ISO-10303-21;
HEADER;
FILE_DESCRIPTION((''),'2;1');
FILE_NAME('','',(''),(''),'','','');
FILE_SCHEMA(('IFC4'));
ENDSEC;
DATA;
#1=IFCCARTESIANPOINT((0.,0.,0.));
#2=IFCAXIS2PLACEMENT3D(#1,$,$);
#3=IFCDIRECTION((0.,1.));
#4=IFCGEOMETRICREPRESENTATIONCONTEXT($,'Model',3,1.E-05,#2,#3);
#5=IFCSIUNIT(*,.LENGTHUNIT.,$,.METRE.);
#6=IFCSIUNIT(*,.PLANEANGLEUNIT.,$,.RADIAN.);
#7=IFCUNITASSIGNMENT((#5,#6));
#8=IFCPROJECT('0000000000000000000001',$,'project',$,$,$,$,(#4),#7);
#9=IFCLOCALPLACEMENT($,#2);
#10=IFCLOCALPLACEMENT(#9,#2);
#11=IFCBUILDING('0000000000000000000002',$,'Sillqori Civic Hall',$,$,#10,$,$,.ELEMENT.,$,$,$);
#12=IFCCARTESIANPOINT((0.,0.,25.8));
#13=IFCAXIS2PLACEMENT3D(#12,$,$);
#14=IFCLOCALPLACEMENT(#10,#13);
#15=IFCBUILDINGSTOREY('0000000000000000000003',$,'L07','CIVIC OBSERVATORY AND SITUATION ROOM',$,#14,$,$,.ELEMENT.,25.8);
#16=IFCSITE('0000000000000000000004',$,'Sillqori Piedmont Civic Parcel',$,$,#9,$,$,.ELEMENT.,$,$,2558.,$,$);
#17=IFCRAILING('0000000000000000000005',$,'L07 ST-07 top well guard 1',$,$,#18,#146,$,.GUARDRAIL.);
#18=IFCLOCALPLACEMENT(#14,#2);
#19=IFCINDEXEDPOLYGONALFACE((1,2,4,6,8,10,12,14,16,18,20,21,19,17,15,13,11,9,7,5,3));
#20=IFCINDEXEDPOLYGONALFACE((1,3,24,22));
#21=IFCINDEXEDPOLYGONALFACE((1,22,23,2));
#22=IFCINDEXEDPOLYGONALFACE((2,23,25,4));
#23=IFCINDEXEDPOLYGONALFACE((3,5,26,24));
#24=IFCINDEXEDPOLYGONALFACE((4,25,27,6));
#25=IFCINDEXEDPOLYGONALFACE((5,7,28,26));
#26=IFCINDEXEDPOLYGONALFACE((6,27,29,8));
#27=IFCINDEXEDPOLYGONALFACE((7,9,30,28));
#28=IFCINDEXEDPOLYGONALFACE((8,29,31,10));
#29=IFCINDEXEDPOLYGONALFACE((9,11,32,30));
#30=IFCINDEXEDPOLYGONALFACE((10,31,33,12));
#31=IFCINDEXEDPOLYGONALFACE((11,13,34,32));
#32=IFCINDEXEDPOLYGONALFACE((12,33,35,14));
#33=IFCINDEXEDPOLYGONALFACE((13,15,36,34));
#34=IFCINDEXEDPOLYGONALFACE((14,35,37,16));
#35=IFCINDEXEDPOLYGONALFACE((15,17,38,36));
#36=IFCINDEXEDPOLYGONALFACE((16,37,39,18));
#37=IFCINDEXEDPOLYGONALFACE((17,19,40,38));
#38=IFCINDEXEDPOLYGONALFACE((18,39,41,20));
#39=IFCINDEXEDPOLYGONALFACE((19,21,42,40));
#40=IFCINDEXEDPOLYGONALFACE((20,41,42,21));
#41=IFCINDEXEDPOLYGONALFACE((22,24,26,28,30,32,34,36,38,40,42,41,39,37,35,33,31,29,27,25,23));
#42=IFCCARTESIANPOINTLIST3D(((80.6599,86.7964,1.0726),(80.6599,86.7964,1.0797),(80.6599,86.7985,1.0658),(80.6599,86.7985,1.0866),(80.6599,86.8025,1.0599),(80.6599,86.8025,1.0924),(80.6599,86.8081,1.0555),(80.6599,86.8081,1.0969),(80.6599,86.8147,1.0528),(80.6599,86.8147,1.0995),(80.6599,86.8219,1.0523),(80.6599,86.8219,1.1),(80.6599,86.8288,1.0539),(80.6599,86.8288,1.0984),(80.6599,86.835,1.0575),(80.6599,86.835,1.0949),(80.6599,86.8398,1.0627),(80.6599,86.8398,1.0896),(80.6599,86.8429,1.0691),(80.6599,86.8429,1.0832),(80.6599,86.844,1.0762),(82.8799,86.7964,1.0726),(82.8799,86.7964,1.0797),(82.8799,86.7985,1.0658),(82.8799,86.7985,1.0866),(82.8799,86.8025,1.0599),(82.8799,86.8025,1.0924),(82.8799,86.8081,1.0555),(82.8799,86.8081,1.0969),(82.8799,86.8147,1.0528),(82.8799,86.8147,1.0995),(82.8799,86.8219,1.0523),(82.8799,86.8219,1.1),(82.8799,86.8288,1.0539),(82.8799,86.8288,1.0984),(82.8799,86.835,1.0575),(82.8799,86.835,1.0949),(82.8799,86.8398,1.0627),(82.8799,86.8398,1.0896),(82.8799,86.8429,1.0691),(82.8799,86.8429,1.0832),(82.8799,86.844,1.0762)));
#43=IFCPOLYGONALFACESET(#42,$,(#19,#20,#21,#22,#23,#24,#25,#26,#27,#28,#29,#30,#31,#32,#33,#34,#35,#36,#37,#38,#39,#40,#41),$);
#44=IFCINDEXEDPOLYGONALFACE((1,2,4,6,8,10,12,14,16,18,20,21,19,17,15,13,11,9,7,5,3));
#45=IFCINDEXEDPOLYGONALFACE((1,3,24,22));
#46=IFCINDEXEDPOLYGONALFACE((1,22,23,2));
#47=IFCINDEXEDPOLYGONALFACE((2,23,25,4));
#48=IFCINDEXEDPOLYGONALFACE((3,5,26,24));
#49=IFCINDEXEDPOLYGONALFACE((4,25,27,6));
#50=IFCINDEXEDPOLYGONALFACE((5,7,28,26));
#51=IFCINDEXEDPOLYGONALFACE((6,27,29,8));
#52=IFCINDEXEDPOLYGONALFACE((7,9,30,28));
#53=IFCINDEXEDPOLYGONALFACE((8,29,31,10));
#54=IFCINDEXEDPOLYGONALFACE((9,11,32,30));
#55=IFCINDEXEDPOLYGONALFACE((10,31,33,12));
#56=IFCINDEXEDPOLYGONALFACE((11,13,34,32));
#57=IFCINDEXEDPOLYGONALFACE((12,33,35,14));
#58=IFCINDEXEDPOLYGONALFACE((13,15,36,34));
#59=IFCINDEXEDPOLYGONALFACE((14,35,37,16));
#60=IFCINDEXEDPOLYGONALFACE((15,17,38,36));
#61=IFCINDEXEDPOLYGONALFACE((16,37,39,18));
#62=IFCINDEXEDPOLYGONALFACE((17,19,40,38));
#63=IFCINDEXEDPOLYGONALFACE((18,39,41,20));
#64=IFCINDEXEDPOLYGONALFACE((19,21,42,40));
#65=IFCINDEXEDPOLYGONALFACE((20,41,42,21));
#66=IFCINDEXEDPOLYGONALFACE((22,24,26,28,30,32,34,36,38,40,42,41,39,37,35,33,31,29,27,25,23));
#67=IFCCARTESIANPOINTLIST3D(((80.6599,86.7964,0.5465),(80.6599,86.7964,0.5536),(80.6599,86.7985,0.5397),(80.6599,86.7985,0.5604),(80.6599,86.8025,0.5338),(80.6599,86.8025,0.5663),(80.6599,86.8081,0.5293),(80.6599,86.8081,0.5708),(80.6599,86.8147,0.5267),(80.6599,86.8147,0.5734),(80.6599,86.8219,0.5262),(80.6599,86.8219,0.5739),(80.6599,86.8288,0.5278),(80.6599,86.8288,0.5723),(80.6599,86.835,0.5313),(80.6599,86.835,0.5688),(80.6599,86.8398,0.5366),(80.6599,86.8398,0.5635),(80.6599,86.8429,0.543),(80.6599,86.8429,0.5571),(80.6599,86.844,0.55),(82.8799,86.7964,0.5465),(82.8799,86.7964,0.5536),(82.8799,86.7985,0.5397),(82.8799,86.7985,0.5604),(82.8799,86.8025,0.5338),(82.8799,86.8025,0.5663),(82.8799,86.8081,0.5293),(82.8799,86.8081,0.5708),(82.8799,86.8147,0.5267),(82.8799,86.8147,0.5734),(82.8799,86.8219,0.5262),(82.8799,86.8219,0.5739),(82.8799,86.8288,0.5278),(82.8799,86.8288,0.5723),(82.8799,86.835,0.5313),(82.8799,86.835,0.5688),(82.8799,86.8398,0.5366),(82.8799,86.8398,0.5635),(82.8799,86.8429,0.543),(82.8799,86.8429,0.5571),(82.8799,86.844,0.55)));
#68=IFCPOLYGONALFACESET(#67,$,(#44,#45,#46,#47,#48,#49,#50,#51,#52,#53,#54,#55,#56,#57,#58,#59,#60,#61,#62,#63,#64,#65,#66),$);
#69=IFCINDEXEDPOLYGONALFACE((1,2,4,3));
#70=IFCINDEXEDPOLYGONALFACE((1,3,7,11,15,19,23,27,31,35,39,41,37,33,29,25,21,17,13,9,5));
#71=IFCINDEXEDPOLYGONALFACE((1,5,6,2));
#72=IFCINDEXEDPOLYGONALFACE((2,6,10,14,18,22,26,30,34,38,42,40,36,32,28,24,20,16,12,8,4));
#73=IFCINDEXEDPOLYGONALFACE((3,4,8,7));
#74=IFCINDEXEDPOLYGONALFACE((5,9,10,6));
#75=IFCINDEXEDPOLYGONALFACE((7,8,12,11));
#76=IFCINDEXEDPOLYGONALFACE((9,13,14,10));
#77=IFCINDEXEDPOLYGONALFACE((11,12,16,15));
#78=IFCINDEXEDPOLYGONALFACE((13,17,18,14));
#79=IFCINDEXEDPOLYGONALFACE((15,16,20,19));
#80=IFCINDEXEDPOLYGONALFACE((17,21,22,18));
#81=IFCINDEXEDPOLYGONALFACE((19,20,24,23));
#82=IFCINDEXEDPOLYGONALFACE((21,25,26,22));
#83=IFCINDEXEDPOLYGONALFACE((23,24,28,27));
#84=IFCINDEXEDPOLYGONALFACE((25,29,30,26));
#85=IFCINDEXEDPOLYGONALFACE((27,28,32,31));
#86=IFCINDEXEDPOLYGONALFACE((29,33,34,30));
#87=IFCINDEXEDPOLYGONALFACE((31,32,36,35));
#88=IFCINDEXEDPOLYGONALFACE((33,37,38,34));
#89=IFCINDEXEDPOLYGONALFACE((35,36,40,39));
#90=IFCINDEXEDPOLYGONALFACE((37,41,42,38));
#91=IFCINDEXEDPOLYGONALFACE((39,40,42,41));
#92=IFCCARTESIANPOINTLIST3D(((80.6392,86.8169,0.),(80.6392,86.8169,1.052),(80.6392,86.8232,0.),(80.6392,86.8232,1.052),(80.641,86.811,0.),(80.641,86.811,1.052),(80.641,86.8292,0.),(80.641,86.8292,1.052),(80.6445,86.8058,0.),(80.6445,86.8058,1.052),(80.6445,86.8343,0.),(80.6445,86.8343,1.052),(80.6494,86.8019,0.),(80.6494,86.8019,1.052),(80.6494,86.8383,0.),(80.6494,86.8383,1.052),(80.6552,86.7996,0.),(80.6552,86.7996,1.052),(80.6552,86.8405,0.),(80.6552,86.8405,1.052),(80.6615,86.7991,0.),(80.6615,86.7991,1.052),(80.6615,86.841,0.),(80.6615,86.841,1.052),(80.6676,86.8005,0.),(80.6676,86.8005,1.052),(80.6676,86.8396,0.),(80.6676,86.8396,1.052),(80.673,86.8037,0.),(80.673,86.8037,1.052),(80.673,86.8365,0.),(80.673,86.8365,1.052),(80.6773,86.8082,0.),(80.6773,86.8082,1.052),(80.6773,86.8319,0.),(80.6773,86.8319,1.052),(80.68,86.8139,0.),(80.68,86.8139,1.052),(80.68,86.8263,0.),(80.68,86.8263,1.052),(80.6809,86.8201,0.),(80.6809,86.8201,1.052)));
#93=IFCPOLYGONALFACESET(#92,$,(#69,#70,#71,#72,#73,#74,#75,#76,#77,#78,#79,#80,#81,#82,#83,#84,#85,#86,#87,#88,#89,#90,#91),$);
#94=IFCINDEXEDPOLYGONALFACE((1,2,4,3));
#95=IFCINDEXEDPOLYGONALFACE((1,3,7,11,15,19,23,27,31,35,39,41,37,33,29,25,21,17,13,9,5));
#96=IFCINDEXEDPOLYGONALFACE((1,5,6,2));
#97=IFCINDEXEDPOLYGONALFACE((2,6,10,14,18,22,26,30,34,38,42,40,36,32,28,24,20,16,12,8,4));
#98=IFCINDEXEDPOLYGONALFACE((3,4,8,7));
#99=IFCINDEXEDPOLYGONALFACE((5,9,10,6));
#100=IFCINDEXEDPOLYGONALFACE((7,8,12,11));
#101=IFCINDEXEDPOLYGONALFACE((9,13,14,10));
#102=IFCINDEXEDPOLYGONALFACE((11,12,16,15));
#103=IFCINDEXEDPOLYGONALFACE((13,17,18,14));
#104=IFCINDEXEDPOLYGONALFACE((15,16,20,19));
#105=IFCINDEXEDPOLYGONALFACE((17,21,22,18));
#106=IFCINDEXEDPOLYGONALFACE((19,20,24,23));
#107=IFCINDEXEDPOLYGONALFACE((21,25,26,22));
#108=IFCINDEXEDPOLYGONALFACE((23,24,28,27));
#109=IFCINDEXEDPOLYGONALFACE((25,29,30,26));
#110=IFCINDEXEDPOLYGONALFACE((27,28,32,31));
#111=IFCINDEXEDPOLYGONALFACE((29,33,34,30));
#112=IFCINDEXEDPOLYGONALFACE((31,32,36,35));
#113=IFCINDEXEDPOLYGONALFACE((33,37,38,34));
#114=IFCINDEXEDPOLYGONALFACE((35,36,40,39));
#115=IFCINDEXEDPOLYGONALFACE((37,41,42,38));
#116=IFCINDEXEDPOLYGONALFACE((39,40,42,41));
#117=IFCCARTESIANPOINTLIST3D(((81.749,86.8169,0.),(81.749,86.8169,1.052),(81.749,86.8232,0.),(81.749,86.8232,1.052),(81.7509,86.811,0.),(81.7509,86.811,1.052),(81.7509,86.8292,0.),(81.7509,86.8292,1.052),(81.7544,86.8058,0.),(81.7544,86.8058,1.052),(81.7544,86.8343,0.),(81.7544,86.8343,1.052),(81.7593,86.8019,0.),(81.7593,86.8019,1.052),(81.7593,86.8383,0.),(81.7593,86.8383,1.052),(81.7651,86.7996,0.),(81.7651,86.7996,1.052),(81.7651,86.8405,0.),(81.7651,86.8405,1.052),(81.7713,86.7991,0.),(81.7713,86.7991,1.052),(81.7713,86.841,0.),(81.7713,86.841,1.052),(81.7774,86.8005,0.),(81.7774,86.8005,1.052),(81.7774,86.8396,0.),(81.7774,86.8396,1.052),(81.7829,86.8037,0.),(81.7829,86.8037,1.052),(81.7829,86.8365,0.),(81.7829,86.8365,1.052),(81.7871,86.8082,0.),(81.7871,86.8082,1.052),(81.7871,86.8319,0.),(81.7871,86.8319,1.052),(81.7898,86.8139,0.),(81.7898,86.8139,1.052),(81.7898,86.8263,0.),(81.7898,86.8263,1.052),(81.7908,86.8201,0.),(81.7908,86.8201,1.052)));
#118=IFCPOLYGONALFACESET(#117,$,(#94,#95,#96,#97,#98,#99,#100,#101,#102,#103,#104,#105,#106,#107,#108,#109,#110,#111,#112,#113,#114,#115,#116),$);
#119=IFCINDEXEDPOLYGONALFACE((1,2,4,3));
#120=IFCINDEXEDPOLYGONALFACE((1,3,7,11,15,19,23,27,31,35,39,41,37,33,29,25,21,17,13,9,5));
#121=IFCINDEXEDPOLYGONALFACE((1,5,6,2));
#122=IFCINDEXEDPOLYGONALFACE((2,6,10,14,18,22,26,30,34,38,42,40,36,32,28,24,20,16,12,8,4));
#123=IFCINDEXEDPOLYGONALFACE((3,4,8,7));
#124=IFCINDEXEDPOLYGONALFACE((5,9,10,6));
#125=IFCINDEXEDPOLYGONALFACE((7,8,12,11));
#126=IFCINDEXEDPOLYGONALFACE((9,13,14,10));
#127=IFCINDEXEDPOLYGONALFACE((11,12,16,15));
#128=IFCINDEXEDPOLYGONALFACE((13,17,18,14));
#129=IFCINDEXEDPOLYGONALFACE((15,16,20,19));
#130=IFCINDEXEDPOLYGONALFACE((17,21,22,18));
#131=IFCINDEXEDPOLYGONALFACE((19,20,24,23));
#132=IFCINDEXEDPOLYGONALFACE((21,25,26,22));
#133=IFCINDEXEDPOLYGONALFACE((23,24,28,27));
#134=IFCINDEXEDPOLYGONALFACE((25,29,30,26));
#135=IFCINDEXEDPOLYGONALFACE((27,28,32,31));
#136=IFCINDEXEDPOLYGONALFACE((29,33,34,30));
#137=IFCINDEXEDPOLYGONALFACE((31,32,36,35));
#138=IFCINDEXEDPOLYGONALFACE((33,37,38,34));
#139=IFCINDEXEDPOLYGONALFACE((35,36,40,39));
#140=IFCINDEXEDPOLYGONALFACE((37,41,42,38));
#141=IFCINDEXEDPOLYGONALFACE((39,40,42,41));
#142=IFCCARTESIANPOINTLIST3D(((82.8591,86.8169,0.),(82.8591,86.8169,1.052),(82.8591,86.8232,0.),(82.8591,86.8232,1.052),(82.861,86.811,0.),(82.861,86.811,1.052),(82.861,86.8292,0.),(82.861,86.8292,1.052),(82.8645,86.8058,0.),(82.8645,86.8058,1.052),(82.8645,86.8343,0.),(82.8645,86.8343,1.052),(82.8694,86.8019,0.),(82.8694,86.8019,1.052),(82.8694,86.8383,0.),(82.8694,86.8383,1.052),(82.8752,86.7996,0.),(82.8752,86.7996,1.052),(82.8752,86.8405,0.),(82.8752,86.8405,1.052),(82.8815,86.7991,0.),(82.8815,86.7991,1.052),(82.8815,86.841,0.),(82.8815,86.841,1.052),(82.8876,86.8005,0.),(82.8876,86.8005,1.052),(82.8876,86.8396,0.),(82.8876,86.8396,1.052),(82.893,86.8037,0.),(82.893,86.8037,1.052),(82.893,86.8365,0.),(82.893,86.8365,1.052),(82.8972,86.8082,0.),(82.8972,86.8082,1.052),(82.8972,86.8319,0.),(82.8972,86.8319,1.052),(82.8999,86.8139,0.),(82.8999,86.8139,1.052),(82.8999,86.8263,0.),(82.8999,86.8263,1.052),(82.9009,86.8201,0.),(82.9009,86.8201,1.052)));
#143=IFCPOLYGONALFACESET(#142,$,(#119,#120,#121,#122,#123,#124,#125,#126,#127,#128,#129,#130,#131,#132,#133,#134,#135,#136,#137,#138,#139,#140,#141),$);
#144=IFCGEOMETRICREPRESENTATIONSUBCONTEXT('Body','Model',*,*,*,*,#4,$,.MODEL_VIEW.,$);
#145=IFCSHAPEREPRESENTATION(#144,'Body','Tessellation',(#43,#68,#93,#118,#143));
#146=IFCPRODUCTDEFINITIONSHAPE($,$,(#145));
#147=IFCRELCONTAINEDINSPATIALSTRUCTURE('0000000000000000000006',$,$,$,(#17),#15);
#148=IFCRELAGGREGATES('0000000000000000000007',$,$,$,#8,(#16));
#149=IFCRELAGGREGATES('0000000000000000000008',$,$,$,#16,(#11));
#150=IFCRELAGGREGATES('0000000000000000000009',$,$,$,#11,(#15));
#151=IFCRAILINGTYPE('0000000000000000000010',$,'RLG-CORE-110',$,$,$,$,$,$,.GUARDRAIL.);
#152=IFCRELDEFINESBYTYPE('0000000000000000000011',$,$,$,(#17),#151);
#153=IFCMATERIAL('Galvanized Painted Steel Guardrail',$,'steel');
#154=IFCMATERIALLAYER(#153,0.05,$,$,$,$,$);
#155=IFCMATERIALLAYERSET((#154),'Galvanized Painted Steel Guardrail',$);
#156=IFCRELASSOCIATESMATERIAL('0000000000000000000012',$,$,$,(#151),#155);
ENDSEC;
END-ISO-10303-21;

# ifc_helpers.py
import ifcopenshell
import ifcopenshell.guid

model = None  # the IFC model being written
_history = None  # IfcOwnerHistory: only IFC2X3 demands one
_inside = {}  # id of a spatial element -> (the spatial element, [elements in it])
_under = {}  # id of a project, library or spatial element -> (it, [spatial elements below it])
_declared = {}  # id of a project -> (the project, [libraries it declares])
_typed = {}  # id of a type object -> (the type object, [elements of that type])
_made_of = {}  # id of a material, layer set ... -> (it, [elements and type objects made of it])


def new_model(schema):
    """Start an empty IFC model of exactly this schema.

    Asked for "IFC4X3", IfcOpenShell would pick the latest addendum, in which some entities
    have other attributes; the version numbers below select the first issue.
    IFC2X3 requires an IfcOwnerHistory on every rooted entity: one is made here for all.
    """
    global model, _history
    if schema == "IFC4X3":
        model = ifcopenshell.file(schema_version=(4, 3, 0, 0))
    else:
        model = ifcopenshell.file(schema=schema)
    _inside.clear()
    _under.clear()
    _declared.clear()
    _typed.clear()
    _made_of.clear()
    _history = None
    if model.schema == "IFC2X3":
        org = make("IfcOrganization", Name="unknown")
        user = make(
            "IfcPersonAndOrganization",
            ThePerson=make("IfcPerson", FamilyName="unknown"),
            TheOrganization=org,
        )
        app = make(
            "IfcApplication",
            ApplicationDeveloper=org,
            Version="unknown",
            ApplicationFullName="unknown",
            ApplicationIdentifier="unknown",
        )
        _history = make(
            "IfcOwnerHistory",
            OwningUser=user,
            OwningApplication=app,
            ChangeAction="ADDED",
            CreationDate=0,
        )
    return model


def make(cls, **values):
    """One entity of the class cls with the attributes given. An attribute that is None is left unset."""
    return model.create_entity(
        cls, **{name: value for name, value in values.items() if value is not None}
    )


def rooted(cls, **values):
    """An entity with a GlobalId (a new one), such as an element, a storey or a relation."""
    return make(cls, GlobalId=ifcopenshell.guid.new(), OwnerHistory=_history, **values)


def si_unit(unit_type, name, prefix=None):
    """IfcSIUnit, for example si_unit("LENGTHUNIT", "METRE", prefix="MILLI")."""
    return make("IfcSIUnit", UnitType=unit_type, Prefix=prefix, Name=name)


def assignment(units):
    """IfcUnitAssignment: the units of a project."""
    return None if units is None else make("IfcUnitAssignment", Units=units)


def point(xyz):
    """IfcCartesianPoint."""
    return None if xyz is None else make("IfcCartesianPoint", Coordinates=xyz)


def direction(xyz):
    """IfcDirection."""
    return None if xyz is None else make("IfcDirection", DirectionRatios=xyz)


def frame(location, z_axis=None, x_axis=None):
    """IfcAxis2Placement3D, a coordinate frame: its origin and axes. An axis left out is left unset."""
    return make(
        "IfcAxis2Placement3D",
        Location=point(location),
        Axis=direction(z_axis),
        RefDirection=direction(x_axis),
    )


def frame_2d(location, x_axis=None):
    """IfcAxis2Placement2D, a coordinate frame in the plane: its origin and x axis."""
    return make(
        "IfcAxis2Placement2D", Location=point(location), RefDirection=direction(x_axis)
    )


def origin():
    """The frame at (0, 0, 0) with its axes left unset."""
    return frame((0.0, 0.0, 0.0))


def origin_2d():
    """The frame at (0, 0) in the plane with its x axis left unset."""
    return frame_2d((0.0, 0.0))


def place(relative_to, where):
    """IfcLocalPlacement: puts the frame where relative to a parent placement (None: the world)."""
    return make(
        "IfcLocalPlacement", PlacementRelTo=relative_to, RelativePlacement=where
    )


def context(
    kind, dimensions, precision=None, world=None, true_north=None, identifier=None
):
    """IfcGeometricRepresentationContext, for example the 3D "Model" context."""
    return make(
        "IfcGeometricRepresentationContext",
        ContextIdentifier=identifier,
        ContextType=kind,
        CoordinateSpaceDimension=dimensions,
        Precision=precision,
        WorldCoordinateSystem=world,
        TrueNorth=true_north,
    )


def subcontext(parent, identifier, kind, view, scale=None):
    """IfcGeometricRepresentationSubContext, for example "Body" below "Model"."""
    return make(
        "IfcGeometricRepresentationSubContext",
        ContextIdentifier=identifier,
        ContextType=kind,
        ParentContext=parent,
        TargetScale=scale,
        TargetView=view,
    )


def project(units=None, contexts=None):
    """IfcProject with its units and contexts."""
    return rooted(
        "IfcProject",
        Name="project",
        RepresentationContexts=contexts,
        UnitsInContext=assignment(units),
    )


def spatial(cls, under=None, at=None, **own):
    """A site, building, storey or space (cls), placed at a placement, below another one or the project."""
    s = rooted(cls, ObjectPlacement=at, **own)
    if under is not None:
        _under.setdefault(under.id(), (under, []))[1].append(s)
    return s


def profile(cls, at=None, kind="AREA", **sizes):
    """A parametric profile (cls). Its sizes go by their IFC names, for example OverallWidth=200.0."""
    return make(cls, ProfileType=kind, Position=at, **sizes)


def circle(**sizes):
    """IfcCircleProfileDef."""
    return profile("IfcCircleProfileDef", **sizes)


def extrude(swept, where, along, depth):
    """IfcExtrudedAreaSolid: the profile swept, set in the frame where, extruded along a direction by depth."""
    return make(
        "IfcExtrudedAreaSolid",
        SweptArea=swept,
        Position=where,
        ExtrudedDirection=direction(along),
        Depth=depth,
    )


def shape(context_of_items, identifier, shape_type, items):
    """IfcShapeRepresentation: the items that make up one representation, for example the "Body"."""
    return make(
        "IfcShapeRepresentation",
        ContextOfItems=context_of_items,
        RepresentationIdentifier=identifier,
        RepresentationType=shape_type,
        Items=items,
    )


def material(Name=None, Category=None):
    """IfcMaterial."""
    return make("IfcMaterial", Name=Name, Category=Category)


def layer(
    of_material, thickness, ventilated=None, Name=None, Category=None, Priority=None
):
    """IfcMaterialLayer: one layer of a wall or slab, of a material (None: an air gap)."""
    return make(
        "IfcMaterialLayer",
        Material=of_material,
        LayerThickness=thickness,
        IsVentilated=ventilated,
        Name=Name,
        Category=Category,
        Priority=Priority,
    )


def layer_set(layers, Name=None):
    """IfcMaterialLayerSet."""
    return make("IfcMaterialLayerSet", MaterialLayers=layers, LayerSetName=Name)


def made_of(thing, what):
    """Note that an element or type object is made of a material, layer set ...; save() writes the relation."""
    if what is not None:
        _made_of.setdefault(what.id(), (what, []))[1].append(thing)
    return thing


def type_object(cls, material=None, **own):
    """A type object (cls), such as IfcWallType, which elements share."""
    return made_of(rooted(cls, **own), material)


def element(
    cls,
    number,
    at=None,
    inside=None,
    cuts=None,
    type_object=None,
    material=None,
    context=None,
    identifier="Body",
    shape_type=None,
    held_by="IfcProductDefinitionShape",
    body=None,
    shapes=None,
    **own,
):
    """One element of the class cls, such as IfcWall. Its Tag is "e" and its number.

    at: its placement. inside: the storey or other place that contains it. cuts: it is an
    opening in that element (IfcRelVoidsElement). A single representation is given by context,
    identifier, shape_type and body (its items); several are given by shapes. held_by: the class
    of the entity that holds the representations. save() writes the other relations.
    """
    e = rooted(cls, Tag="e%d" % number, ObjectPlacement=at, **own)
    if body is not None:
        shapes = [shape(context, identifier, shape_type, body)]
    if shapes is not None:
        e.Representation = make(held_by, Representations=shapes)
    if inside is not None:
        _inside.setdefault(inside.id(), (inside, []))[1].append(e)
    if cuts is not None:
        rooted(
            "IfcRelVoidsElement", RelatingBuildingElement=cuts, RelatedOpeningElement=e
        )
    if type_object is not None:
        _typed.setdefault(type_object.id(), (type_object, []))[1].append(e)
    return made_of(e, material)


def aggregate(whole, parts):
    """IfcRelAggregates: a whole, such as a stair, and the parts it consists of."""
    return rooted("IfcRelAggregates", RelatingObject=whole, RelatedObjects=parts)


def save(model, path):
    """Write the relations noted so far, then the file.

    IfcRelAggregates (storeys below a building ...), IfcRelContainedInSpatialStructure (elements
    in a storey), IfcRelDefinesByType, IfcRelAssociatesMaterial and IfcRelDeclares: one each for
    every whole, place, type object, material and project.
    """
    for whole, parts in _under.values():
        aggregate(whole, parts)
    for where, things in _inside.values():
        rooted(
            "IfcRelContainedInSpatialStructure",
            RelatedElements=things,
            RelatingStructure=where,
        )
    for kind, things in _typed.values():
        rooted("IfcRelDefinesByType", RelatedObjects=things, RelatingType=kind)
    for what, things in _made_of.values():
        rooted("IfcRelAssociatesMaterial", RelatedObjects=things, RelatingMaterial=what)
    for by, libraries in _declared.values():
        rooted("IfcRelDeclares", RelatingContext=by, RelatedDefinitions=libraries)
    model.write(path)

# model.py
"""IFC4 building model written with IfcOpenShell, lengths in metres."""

from ifc_helpers import new_model, si_unit, direction, frame, origin, origin_2d, place, context, subcontext, project, spatial, circle, extrude, material, layer, layer_set, type_object, element, save


model = new_model("IFC4")

# Units and contexts
model_context = context("Model", 3, precision=1e-05, world=origin(), true_north=direction((0.0, 1.0)))
body_context = subcontext(model_context, "Body", "Model", "MODEL_VIEW")
ifc_project = project(units=[si_unit("LENGTHUNIT", "METRE"), si_unit("PLANEANGLEUNIT", "RADIAN")], contexts=[model_context])

# Site, building, storey
site_placement = place(None, origin())
site = spatial("IfcSite", under=ifc_project, at=site_placement, Name="Sillqori Piedmont Civic Parcel", CompositionType="ELEMENT", RefElevation=2558.0)
building_placement = place(site_placement, origin())
building = spatial("IfcBuilding", under=site, at=building_placement, Name="Sillqori Civic Hall", CompositionType="ELEMENT")
storey_placement = place(building_placement, frame((0.0, 0.0, 25.8)))
storey = spatial("IfcBuildingStorey", under=building, at=storey_placement, Name="L07", Description="CIVIC OBSERVATORY AND SITUATION ROOM", CompositionType="ELEMENT", Elevation=25.8)

# Railing
ifc_material_1 = material(Name="Galvanized Painted Steel Guardrail", Category="steel")
ifc_layer_1 = layer(ifc_material_1, 0.05)
ifc_layer_set_1 = layer_set([ifc_layer_1], Name="Galvanized Painted Steel Guardrail")
railing_type = type_object("IfcRailingType", Name="RLG-CORE-110", PredefinedType="GUARDRAIL", material=ifc_layer_set_1)
railing_placement = place(storey_placement, frame((80.6599, 86.8201, 0.0)))
element("IfcRailing", 1, at=railing_placement, inside=storey, type_object=railing_type, Name="L07 ST-07 top well guard 1", PredefinedType="GUARDRAIL", context=body_context, shape_type="SweptSolid", body=[
    extrude(circle(Radius=0.0239, at=origin_2d()), frame((0.0, 0.0, 1.0762), z_axis=(1.0, 0.0, 0.0), x_axis=(0.0, 1.0, 0.0)), (0.0, 0.0, 1.0), 2.22),
    extrude(circle(Radius=0.0239, at=origin_2d()), frame((0.0, 0.0, 0.55), z_axis=(1.0, 0.0, 0.0), x_axis=(0.0, 1.0, 0.0)), (0.0, 0.0, 1.0), 2.22),
    extrude(circle(Radius=0.021, at=origin_2d()), origin(), (0.0, 0.0, 1.0), 1.052),
    extrude(circle(Radius=0.021, at=origin_2d()), frame((1.1099, 0.0, 0.0)), (0.0, 0.0, 1.0), 1.052),
    extrude(circle(Radius=0.021, at=origin_2d()), frame((2.22, 0.0, 0.0)), (0.0, 0.0, 1.0), 1.052),
])

save(model, "model.ifc")
